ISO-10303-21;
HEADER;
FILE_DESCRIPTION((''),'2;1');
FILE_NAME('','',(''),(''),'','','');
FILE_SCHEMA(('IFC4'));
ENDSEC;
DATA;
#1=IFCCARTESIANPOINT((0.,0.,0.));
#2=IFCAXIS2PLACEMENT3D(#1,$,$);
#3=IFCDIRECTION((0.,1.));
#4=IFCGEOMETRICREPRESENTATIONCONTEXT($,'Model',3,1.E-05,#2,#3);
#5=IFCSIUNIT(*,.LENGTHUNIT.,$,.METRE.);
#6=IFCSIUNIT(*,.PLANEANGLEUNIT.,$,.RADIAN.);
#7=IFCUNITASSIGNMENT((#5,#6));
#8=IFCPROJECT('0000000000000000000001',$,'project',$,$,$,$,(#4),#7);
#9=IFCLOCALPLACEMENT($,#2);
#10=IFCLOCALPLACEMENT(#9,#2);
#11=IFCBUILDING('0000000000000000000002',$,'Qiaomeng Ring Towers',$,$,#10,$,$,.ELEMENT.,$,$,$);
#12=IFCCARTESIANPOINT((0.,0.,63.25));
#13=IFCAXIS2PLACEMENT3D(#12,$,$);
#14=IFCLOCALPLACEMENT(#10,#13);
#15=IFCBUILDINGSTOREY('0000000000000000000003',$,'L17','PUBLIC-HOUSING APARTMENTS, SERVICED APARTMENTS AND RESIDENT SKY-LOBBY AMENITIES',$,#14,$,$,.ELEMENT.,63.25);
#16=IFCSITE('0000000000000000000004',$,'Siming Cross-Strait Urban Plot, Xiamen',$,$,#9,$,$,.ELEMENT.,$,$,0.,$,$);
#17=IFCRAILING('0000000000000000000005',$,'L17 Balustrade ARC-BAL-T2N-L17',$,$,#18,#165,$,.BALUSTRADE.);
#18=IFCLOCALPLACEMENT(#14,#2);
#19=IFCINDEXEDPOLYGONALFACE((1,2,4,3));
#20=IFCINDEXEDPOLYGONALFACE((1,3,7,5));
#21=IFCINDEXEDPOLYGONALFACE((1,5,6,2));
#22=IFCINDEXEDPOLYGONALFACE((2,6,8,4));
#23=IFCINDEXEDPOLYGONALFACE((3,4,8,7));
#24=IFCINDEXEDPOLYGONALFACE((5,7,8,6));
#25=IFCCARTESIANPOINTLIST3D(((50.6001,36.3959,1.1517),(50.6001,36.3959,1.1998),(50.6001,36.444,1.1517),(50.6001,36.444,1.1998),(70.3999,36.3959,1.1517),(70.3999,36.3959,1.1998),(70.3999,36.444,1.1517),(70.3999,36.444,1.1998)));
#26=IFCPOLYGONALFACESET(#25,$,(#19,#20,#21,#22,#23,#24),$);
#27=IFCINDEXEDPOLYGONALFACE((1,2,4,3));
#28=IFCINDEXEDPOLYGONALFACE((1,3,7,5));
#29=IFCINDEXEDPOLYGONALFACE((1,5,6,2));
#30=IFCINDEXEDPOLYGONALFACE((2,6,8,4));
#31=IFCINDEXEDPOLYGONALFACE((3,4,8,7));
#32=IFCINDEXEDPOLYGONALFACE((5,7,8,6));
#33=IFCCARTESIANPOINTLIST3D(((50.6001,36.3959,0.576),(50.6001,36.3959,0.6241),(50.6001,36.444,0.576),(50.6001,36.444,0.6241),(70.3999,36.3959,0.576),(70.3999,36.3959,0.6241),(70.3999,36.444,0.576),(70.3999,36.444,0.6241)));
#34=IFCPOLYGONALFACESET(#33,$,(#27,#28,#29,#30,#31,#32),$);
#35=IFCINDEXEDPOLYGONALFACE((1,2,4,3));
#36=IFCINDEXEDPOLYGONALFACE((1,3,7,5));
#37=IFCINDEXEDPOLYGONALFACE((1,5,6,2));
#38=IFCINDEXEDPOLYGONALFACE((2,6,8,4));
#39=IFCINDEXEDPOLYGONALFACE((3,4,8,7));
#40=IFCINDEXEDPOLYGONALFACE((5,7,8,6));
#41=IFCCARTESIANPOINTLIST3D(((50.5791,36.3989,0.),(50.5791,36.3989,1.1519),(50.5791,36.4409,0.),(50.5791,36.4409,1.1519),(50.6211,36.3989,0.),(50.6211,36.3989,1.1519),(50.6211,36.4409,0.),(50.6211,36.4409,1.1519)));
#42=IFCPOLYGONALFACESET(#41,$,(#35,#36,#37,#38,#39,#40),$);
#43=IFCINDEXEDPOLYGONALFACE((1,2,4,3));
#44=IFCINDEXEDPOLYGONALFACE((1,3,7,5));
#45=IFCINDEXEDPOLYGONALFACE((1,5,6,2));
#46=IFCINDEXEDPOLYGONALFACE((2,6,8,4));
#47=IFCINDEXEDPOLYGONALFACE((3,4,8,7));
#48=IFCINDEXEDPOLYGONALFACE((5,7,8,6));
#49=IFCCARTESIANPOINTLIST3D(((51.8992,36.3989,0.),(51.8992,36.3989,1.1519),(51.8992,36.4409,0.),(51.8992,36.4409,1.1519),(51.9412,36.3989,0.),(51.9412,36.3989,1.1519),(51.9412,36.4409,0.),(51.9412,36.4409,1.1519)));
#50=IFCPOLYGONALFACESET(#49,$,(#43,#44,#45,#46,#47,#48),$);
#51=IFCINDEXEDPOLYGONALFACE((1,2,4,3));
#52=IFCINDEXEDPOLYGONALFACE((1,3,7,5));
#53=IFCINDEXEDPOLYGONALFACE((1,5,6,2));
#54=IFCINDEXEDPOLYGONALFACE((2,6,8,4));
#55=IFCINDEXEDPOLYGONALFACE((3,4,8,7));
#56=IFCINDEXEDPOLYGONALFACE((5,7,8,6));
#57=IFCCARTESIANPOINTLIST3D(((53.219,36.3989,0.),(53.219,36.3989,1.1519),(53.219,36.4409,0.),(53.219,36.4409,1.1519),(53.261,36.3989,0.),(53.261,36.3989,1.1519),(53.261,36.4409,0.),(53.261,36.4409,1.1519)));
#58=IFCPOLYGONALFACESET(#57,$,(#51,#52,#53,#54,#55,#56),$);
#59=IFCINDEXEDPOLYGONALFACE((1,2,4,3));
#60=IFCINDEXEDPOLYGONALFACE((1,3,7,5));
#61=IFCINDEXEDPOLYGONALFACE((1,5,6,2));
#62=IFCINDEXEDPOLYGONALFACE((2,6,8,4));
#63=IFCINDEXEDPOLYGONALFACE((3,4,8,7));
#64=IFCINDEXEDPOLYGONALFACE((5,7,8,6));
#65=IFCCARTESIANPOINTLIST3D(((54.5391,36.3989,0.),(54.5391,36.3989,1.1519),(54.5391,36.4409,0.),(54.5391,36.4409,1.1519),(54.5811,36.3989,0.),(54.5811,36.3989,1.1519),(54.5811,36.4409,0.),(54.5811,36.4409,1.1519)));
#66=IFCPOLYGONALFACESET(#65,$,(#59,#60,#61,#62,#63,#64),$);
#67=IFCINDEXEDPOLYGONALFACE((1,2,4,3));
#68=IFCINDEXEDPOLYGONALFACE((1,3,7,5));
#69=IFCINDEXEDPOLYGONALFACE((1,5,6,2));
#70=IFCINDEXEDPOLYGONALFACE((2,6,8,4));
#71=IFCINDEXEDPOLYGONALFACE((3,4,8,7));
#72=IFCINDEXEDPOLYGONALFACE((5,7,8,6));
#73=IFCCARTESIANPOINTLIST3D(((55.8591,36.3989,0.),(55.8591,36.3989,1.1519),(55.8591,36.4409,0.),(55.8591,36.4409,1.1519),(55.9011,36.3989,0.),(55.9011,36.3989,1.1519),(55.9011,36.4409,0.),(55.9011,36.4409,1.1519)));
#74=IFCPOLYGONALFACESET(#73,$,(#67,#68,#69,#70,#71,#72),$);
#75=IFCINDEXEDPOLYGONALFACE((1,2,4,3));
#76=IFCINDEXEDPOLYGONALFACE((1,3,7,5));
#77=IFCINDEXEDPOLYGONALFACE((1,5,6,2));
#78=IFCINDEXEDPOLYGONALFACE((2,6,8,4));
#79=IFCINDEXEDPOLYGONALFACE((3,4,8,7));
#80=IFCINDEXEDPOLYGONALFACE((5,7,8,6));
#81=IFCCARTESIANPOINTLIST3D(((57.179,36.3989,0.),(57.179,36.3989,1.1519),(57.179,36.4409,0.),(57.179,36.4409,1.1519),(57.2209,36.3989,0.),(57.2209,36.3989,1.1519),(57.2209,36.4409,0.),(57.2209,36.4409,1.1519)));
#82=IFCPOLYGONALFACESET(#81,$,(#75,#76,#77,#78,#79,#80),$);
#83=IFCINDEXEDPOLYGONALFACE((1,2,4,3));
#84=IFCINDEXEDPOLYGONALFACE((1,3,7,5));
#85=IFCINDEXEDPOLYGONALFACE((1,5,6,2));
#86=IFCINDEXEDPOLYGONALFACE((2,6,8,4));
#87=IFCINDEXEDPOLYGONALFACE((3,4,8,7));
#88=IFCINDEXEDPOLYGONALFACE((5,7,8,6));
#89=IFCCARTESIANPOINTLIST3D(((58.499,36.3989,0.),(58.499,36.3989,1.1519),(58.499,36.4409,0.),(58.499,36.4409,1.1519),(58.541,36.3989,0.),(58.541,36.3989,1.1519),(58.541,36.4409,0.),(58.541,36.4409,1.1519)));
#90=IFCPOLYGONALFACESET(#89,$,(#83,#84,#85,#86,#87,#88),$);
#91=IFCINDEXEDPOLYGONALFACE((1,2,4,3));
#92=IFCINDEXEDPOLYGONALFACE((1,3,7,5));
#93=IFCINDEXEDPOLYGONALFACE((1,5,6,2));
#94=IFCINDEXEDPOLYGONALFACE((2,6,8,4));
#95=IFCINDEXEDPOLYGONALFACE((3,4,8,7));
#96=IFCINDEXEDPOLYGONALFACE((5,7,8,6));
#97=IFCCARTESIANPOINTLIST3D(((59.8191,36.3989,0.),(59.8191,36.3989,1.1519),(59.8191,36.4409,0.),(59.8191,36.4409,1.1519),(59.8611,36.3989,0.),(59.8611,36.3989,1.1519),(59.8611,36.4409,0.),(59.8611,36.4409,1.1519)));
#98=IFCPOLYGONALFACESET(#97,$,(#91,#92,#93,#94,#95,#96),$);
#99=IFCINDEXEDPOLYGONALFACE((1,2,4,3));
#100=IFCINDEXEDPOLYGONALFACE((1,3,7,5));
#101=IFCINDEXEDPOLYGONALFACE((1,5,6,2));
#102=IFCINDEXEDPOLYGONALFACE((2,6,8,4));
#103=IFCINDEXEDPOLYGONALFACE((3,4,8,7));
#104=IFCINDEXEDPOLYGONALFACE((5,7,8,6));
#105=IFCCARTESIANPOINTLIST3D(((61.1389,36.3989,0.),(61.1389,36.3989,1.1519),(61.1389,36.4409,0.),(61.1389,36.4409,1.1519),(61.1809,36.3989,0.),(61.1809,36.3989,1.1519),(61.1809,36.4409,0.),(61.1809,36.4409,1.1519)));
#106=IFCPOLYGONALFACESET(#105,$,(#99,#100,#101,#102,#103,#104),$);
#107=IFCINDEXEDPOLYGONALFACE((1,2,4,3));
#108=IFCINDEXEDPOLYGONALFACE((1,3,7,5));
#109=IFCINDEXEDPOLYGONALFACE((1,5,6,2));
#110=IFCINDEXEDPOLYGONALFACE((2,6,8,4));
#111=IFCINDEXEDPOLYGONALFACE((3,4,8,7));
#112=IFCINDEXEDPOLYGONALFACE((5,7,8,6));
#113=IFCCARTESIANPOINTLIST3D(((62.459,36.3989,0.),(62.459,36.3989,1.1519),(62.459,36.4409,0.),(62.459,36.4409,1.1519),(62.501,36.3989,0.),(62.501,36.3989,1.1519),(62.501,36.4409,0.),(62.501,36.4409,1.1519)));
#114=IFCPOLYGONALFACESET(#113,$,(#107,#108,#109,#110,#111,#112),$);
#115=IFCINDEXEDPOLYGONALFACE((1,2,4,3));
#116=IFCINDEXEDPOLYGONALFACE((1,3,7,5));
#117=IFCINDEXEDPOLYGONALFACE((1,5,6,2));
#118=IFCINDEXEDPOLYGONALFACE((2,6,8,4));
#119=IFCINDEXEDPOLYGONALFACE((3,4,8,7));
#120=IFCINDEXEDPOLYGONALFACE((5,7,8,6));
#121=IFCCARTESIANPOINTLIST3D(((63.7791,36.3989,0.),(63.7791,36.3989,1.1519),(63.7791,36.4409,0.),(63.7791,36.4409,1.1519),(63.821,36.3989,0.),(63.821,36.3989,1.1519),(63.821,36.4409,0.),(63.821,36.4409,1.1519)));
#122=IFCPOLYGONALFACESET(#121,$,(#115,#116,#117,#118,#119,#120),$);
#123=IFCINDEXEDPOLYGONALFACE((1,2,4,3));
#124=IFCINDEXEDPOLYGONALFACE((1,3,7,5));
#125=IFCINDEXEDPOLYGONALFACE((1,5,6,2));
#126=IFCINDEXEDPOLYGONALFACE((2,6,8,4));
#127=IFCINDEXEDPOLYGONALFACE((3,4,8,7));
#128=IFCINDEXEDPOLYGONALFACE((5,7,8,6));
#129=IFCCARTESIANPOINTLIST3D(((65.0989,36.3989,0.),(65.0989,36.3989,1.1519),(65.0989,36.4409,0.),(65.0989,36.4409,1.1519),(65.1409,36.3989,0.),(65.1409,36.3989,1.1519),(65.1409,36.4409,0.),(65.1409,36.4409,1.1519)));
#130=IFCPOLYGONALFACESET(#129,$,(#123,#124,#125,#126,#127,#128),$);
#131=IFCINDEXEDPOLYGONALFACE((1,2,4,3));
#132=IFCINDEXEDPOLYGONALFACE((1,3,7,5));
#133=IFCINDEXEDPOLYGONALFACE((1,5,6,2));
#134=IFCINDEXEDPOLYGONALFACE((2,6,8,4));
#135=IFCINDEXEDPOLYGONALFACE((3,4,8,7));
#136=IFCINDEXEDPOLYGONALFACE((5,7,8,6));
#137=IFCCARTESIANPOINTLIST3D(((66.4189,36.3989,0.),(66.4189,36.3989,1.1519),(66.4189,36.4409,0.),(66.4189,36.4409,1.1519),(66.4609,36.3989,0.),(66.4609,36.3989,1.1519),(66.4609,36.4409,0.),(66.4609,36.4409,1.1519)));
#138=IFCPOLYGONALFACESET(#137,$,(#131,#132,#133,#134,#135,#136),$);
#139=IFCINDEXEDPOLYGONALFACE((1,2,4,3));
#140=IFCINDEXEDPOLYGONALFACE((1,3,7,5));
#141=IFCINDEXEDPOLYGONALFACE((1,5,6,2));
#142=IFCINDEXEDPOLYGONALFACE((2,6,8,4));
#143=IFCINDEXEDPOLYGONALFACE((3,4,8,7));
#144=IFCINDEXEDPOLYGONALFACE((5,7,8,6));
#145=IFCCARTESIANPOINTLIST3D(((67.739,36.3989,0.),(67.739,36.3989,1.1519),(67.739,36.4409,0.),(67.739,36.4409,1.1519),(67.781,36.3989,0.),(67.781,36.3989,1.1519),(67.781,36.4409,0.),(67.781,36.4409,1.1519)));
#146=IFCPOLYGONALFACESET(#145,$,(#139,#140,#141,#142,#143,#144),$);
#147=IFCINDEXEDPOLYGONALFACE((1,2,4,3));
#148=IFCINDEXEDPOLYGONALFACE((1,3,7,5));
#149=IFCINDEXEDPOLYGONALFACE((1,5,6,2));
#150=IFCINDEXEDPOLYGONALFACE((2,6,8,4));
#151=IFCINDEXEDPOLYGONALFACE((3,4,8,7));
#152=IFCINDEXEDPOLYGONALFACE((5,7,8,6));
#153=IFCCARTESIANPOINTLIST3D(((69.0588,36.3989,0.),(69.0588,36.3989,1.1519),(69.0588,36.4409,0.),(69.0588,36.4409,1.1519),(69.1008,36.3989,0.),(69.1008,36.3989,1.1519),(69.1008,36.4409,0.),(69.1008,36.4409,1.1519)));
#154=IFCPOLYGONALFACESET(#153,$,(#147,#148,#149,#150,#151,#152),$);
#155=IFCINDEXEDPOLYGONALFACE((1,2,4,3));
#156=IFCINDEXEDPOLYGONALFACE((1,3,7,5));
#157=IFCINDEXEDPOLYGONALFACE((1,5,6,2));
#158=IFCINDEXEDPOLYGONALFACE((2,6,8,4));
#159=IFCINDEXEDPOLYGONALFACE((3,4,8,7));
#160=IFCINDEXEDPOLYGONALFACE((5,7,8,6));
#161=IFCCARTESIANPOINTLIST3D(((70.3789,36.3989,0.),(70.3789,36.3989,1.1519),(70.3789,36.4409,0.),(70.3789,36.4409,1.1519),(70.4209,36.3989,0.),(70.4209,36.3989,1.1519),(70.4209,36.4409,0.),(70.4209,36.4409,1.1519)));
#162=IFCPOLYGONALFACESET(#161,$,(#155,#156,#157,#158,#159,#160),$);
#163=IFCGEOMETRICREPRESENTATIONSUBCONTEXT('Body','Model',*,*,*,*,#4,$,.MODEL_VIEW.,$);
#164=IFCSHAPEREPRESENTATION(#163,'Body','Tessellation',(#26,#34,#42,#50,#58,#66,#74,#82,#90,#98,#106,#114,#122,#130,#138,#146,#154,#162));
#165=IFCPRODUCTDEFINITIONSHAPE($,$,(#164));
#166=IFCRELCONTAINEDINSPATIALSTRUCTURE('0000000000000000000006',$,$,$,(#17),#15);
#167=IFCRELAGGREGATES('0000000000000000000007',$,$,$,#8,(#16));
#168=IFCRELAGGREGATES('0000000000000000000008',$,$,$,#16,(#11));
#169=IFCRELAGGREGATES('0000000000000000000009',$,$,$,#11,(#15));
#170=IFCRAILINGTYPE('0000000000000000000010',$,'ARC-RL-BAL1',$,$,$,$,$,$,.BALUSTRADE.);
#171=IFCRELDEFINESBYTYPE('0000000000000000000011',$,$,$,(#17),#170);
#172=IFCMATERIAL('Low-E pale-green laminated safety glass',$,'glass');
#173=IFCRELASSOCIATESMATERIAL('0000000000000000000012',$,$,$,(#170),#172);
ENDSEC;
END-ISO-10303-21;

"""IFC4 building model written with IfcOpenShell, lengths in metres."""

from ifc_helpers import new_model, si_unit, direction, frame, origin, origin_2d, place, context, subcontext, project, spatial, rectangle, extrude, material, type_object, element, save


model = new_model("IFC4")

# Units and contexts
model_context = context("Model", 3, precision=1e-05, world=origin(), true_north=direction((0.0, 1.0)))
body_context = subcontext(model_context, "Body", "Model", "MODEL_VIEW")
ifc_project = project(units=[si_unit("LENGTHUNIT", "METRE"), si_unit("PLANEANGLEUNIT", "RADIAN")], contexts=[model_context])

# Site, building, storey
site_placement = place(None, origin())
site = spatial("IfcSite", under=ifc_project, at=site_placement, Name="Siming Cross-Strait Urban Plot, Xiamen", CompositionType="ELEMENT", RefElevation=0.0)
building_placement = place(site_placement, origin())
building = spatial("IfcBuilding", under=site, at=building_placement, Name="Qiaomeng Ring Towers", CompositionType="ELEMENT")
storey_placement = place(building_placement, frame((0.0, 0.0, 63.25)))
storey = spatial("IfcBuildingStorey", under=building, at=storey_placement, Name="L17", Description="PUBLIC-HOUSING APARTMENTS, SERVICED APARTMENTS AND RESIDENT SKY-LOBBY AMENITIES", CompositionType="ELEMENT", Elevation=63.25)

# Railing
ifc_material_1 = material(Name="Low-E pale-green laminated safety glass", Category="glass")
railing_type = type_object("IfcRailingType", Name="ARC-RL-BAL1", PredefinedType="BALUSTRADE", material=ifc_material_1)
railing_1_placement = place(storey_placement, frame((50.6001, 36.4199, 0.0)))
element("IfcRailing", 1, at=railing_1_placement, inside=storey, type_object=railing_type, Name="L17 Balustrade ARC-BAL-T2N-L17", PredefinedType="BALUSTRADE", context=body_context, shape_type="SweptSolid", body=[
    extrude(rectangle(XDim=0.0481, YDim=0.0481, at=origin_2d()), frame((0.0, 0.0, 1.1758), z_axis=(1.0, 0.0, 0.0), x_axis=(0.0, 1.0, 0.0)), (0.0, 0.0, 1.0), 19.7998),
    extrude(rectangle(XDim=0.0481, YDim=0.0481, at=origin_2d()), frame((0.0, 0.0, 0.6001), z_axis=(1.0, 0.0, 0.0), x_axis=(0.0, 1.0, 0.0)), (0.0, 0.0, 1.0), 19.7998),
    extrude(rectangle(XDim=0.042, YDim=0.042, at=origin_2d()), origin(), (0.0, 0.0, 1.0), 1.1519),
    extrude(rectangle(XDim=0.042, YDim=0.042, at=origin_2d()), frame((1.3201, 0.0, 0.0)), (0.0, 0.0, 1.0), 1.1519),
    extrude(rectangle(XDim=0.042, YDim=0.042, at=origin_2d()), frame((2.6399, 0.0, 0.0)), (0.0, 0.0, 1.0), 1.1519),
    extrude(rectangle(XDim=0.042, YDim=0.042, at=origin_2d()), frame((3.96, 0.0, 0.0)), (0.0, 0.0, 1.0), 1.1519),
    extrude(rectangle(XDim=0.042, YDim=0.042, at=origin_2d()), frame((5.28, 0.0, 0.0)), (0.0, 0.0, 1.0), 1.1519),
    extrude(rectangle(XDim=0.042, YDim=0.042, at=origin_2d()), frame((6.5999, 0.0, 0.0)), (0.0, 0.0, 1.0), 1.1519),
    extrude(rectangle(XDim=0.042, YDim=0.042, at=origin_2d()), frame((7.9199, 0.0, 0.0)), (0.0, 0.0, 1.0), 1.1519),
    extrude(rectangle(XDim=0.042, YDim=0.042, at=origin_2d()), frame((9.24, 0.0, 0.0)), (0.0, 0.0, 1.0), 1.1519),
    extrude(rectangle(XDim=0.042, YDim=0.042, at=origin_2d()), frame((10.5598, 0.0, 0.0)), (0.0, 0.0, 1.0), 1.1519),
    extrude(rectangle(XDim=0.042, YDim=0.042, at=origin_2d()), frame((11.8799, 0.0, 0.0)), (0.0, 0.0, 1.0), 1.1519),
    extrude(rectangle(XDim=0.042, YDim=0.042, at=origin_2d()), frame((13.2, 0.0, 0.0)), (0.0, 0.0, 1.0), 1.1519),
    extrude(rectangle(XDim=0.042, YDim=0.042, at=origin_2d()), frame((14.5198, 0.0, 0.0)), (0.0, 0.0, 1.0), 1.1519),
    extrude(rectangle(XDim=0.042, YDim=0.042, at=origin_2d()), frame((15.8398, 0.0, 0.0)), (0.0, 0.0, 1.0), 1.1519),
    extrude(rectangle(XDim=0.042, YDim=0.042, at=origin_2d()), frame((17.1599, 0.0, 0.0)), (0.0, 0.0, 1.0), 1.1519),
    extrude(rectangle(XDim=0.042, YDim=0.042, at=origin_2d()), frame((18.4797, 0.0, 0.0)), (0.0, 0.0, 1.0), 1.1519),
    extrude(rectangle(XDim=0.042, YDim=0.042, at=origin_2d()), frame((19.7998, 0.0, 0.0)), (0.0, 0.0, 1.0), 1.1519),
])

save(model, "model.ifc")
